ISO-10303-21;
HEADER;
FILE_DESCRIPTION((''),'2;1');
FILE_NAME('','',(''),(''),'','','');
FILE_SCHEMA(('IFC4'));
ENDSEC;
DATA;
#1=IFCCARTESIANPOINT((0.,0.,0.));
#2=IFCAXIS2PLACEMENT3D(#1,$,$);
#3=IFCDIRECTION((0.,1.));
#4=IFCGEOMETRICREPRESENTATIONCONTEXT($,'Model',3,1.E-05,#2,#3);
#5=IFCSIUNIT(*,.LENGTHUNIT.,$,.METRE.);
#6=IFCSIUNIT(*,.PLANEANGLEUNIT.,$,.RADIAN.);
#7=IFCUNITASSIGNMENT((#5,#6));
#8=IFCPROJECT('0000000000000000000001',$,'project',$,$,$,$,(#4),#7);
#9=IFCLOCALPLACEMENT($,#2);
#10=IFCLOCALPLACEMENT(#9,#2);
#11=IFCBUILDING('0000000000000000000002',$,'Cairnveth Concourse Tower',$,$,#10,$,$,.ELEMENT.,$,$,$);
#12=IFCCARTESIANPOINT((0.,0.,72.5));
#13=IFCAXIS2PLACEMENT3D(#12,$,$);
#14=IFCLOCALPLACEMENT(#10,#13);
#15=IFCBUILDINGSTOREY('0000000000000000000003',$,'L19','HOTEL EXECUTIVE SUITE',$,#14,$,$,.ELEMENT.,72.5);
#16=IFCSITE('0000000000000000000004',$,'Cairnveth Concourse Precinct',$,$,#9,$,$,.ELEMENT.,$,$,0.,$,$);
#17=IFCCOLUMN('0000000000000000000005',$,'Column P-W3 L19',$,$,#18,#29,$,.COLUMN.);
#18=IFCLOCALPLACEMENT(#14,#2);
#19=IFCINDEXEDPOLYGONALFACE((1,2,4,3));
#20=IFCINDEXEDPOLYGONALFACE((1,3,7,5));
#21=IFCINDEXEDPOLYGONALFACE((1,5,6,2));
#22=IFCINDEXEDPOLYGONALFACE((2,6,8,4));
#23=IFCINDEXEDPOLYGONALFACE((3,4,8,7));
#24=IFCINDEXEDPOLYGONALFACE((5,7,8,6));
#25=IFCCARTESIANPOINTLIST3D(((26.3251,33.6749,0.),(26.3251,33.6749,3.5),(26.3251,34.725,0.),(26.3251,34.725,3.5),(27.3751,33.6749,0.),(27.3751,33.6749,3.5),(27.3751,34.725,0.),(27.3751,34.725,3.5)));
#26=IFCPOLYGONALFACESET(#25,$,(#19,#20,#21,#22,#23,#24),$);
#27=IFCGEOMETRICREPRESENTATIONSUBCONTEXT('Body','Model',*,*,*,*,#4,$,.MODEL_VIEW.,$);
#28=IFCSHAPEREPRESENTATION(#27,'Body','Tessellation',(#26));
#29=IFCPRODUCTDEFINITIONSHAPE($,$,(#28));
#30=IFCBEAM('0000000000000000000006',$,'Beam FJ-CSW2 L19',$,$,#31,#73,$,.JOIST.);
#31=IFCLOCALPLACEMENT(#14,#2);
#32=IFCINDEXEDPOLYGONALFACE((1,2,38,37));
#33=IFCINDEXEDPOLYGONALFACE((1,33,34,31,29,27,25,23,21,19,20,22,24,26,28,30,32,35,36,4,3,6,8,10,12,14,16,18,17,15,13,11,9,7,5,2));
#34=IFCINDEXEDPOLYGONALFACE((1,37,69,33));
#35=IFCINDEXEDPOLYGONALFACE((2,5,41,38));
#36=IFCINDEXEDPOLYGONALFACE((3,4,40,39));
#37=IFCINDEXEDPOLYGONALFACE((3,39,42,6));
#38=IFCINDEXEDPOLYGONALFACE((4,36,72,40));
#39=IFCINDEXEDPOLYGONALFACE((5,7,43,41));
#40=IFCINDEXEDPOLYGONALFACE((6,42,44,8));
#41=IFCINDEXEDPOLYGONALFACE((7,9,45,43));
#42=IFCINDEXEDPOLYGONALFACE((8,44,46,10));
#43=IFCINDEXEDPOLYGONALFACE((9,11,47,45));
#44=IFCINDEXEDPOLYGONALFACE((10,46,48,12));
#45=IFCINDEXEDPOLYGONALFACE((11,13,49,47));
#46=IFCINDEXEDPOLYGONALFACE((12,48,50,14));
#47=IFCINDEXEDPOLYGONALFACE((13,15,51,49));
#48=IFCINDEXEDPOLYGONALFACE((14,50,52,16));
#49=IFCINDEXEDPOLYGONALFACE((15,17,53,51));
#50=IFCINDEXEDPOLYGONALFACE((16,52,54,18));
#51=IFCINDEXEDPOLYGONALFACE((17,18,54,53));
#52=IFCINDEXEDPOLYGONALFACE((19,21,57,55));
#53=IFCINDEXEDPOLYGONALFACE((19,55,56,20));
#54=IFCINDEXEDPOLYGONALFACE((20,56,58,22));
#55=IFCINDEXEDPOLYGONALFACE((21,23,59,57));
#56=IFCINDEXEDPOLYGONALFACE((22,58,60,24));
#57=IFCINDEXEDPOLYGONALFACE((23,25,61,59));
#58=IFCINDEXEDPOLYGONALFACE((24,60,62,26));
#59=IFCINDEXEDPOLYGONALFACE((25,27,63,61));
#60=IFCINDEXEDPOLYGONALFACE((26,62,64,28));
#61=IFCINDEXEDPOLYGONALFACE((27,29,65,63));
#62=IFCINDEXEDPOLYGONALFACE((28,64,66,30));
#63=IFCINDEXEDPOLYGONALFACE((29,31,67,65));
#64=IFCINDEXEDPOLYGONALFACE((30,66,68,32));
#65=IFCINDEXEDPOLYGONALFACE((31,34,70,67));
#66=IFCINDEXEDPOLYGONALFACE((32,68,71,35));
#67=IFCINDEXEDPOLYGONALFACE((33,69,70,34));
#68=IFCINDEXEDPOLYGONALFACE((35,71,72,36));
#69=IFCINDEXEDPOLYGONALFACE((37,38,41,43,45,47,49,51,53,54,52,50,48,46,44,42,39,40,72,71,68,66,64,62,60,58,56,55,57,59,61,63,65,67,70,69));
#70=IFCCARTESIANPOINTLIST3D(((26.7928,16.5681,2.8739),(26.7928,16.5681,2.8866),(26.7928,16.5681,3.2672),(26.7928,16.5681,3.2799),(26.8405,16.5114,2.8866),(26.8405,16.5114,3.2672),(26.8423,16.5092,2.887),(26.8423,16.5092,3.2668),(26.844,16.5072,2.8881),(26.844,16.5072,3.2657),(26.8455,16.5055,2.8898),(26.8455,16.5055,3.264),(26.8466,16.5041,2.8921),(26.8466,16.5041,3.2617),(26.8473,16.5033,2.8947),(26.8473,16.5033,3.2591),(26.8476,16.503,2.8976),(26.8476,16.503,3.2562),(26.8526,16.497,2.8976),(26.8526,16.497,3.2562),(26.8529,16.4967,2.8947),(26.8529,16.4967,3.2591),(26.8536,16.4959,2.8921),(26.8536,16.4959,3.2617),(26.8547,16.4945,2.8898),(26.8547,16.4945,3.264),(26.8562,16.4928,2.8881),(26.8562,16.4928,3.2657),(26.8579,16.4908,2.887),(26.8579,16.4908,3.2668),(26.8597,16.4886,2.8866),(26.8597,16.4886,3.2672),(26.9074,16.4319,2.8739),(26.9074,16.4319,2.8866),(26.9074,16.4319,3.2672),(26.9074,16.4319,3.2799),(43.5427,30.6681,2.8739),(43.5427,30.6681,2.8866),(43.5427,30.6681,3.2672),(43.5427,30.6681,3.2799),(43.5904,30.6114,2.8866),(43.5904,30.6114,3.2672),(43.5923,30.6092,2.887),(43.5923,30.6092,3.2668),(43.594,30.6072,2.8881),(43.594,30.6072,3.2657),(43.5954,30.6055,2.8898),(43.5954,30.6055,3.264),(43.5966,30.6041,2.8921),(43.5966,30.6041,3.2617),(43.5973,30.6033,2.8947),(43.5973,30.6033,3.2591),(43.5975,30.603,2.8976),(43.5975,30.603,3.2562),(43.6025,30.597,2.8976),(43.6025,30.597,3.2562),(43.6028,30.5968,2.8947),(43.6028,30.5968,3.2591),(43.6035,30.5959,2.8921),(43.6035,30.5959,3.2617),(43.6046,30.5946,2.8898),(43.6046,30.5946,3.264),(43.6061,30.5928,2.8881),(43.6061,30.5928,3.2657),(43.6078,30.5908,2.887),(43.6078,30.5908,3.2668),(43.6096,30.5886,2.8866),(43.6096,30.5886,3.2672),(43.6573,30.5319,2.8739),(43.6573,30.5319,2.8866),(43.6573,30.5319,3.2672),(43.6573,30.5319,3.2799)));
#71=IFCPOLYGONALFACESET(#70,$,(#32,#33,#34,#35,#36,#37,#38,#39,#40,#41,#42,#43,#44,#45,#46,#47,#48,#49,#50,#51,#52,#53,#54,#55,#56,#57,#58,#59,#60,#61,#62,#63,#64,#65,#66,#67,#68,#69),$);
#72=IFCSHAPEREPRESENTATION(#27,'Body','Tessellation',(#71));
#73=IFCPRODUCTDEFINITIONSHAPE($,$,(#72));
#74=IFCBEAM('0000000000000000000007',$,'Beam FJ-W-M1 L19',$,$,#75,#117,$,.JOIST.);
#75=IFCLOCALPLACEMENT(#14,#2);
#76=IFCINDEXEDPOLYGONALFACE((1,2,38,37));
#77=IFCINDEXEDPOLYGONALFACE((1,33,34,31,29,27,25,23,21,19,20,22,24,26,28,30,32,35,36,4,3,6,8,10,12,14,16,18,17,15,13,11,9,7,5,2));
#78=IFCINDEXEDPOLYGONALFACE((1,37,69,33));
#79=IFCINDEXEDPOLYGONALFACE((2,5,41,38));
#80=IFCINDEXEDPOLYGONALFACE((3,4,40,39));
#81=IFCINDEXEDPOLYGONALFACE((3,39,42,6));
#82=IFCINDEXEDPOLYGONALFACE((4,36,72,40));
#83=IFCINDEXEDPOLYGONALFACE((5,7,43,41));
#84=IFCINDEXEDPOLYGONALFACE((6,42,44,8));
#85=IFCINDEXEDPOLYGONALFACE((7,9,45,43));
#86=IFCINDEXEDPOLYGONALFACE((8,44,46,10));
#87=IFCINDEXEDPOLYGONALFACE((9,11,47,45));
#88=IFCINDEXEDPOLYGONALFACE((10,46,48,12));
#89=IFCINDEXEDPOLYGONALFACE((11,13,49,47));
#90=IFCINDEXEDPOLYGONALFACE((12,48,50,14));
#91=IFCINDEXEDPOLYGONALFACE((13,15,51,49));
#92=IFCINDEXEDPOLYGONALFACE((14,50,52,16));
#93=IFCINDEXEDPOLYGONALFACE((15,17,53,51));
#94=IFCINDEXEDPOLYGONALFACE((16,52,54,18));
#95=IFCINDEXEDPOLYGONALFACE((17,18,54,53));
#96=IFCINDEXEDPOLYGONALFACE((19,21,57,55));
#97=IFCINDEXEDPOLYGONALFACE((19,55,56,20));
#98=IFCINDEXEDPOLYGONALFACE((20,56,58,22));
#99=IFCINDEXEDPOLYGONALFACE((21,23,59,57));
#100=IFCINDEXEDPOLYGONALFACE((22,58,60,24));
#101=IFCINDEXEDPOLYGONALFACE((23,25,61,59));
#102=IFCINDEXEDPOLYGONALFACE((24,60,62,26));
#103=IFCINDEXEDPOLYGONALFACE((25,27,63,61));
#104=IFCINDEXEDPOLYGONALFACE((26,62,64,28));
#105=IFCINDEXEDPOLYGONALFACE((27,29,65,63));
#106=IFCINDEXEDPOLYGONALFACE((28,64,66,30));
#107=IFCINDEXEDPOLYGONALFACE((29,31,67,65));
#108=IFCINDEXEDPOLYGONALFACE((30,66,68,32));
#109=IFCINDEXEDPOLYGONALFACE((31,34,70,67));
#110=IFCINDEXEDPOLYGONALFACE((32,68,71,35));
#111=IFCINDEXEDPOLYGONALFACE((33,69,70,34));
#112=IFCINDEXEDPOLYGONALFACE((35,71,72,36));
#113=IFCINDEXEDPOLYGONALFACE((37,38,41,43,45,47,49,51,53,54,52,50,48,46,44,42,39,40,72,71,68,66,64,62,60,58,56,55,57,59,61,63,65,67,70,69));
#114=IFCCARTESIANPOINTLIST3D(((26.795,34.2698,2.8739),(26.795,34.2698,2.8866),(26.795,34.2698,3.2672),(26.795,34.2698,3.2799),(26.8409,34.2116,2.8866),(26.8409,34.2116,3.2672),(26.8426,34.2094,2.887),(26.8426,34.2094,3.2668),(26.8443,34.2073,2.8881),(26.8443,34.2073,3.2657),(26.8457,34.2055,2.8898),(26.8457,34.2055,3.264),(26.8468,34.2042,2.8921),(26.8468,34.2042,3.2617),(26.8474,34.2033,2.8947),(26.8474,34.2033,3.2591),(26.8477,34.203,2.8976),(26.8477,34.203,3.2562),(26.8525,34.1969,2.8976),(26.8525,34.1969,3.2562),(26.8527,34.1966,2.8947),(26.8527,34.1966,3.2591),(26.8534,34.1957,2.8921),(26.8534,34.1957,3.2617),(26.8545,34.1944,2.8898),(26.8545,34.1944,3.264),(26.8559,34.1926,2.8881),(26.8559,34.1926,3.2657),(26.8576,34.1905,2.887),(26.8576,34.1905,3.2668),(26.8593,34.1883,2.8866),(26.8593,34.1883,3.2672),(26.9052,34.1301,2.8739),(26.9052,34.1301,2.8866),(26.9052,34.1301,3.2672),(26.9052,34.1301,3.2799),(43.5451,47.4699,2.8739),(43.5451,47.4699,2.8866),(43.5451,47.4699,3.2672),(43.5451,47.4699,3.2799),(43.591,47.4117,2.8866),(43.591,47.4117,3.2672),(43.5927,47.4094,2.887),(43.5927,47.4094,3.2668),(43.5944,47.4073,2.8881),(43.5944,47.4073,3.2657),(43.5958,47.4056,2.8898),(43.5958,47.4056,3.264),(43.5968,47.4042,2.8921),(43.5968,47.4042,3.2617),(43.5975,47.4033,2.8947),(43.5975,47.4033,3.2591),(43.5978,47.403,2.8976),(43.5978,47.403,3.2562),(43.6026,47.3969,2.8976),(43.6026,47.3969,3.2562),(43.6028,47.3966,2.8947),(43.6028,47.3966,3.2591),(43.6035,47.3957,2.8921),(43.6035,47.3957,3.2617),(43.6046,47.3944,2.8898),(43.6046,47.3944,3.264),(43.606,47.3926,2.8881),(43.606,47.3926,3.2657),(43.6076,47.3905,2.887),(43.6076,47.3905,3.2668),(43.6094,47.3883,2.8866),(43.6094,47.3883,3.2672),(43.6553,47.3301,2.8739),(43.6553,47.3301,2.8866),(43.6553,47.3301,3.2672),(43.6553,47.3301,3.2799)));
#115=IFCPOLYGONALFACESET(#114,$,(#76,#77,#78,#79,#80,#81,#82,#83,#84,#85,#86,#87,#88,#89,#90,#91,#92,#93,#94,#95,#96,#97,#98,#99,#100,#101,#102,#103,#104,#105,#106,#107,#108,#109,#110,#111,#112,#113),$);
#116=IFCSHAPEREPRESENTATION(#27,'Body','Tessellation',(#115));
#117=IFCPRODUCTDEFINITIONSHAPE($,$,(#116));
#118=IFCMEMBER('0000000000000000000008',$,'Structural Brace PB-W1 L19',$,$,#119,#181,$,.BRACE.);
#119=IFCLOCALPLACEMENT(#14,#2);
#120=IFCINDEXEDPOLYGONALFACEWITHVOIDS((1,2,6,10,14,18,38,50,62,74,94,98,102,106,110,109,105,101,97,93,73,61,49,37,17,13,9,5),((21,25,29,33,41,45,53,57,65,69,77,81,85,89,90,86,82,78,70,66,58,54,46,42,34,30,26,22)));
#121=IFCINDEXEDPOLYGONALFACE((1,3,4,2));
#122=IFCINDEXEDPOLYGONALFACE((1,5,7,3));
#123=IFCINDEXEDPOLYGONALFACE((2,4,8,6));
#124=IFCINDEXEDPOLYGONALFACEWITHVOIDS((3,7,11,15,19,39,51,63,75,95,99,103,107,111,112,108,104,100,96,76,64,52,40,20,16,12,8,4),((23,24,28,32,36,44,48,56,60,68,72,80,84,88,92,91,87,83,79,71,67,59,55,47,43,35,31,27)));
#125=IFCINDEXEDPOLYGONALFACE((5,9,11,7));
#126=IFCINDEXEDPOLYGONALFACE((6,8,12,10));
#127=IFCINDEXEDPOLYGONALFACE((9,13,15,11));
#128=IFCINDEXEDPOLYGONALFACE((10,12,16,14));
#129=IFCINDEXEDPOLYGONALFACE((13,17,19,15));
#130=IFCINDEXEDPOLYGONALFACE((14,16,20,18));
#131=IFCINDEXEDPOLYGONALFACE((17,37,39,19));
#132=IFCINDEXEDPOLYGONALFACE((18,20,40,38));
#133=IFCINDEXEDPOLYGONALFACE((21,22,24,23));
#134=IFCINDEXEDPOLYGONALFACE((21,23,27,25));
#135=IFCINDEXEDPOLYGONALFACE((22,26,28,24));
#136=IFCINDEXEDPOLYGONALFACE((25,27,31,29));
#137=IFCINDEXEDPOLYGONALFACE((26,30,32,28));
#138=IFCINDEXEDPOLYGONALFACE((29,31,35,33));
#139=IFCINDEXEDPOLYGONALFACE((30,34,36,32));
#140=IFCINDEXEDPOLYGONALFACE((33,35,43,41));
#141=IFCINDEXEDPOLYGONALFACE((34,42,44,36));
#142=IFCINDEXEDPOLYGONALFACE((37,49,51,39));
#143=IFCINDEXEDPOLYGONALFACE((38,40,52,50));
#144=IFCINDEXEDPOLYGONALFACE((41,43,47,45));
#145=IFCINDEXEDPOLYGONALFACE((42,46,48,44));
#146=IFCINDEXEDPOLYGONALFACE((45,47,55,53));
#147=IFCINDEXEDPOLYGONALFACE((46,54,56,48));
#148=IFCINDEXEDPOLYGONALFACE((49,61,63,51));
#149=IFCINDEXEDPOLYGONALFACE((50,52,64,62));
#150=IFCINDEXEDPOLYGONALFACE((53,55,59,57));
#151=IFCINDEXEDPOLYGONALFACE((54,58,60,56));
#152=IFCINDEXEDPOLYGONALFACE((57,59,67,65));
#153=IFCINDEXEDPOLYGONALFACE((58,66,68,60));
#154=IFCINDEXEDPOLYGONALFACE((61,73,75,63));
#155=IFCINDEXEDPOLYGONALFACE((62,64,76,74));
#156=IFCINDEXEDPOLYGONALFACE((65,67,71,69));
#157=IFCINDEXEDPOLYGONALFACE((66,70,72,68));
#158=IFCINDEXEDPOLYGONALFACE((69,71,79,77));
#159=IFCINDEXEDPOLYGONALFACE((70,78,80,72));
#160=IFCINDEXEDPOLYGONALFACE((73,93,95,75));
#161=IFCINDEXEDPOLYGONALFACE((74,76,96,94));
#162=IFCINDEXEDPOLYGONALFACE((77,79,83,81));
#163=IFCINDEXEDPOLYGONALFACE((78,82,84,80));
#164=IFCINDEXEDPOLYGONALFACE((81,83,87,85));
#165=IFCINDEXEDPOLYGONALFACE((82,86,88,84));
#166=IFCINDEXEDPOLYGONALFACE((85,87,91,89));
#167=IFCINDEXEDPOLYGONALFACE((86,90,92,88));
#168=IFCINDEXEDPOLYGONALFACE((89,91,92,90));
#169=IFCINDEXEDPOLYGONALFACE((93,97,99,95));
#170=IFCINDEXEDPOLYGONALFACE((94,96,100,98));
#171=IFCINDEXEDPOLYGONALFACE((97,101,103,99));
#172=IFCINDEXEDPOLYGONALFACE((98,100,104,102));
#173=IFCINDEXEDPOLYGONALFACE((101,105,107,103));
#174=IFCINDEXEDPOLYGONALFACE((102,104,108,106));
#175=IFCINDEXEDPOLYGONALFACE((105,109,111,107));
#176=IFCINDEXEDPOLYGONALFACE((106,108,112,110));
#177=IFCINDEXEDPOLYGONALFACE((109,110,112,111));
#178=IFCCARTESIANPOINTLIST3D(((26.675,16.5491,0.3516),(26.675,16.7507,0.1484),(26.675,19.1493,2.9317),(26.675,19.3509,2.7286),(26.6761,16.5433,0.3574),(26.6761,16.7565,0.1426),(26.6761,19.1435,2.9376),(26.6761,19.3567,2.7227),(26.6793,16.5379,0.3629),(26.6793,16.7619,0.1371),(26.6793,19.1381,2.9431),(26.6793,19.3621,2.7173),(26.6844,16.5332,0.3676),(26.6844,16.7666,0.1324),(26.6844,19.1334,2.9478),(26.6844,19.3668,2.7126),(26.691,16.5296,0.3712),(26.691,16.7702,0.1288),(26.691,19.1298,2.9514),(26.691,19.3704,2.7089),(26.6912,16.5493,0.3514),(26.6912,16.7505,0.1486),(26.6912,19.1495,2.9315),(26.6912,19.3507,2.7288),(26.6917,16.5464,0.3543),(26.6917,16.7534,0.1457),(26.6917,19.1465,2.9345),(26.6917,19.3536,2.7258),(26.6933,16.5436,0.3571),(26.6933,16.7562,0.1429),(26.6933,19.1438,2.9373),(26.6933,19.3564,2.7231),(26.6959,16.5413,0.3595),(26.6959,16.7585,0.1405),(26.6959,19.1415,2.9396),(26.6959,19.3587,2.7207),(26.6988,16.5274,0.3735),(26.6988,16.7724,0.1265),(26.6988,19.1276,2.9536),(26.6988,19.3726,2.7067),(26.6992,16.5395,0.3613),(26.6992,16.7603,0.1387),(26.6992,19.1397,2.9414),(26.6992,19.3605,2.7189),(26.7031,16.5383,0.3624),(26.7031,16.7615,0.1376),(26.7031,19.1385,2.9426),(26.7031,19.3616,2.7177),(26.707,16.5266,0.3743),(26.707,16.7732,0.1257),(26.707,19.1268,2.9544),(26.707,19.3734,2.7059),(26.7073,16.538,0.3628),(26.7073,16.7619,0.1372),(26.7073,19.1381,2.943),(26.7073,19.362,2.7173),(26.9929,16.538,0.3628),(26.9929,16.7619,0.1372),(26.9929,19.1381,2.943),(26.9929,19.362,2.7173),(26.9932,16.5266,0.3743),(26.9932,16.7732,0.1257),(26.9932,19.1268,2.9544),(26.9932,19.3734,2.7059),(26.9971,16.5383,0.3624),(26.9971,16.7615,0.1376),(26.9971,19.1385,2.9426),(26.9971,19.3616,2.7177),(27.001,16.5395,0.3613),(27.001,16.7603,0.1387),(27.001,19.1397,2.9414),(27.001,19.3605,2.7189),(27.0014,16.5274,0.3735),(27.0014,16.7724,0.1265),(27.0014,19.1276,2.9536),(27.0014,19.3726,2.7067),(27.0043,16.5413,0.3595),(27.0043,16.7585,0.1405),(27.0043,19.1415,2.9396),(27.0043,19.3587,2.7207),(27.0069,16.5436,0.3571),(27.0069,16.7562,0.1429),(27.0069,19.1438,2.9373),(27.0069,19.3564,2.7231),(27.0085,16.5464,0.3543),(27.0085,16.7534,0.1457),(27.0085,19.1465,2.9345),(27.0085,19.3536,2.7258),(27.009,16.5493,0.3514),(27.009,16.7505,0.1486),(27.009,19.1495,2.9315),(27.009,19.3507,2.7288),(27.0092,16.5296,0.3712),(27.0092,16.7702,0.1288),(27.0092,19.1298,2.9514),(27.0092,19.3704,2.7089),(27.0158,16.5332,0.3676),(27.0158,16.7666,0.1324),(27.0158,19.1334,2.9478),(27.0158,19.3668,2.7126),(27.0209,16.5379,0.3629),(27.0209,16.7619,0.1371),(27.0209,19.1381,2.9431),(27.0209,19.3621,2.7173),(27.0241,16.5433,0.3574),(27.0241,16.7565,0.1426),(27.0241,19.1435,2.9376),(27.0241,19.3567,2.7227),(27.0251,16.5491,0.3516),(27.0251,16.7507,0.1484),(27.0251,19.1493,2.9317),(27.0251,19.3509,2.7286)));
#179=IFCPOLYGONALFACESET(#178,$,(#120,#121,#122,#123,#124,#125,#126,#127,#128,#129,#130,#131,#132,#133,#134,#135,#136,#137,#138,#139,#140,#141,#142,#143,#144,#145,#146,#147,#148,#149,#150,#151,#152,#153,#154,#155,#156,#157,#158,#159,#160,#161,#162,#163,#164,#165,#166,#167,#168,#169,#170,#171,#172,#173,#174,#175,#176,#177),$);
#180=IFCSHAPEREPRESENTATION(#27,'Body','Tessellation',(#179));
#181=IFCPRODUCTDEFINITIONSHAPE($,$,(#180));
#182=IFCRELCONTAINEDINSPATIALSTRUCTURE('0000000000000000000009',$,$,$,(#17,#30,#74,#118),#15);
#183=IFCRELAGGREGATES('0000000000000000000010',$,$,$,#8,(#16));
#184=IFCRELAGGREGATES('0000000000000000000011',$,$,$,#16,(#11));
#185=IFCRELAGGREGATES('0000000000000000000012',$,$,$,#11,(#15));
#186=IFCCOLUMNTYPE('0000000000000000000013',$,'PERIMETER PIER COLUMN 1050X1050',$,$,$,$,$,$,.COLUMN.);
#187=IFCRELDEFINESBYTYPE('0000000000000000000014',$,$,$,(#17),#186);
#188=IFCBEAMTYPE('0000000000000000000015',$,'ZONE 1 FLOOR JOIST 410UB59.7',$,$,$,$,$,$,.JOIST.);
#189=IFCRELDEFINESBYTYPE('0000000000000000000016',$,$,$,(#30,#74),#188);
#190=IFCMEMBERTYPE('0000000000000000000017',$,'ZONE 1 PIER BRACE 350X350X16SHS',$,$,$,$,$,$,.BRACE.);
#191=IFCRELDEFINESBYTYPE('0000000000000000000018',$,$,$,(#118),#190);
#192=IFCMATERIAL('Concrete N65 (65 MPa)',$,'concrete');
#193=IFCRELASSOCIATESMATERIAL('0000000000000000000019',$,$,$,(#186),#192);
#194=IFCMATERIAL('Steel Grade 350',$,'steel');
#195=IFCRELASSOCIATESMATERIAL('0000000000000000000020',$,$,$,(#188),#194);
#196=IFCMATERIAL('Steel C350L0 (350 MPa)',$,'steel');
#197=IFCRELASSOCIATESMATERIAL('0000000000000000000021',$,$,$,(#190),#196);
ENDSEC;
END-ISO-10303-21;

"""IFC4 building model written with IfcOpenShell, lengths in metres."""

from ifc_helpers import new_model, si_unit, direction, frame, origin, origin_2d, place, context, subcontext, project, spatial, rectangle, hollow_rectangle, i_section, extrude, material, material_profile, profile_set, type_object, element, save


model = new_model("IFC4")

# Units and contexts
model_context = context("Model", 3, precision=1e-05, world=origin(), true_north=direction((0.0, 1.0)))
body_context = subcontext(model_context, "Body", "Model", "MODEL_VIEW")
ifc_project = project(units=[si_unit("LENGTHUNIT", "METRE"), si_unit("PLANEANGLEUNIT", "RADIAN")], contexts=[model_context])

# Site, building, storey
site_placement = place(None, origin())
site = spatial("IfcSite", under=ifc_project, at=site_placement, Name="Cairnveth Concourse Precinct", CompositionType="ELEMENT", RefElevation=0.0)
building_placement = place(site_placement, origin())
building = spatial("IfcBuilding", under=site, at=building_placement, Name="Cairnveth Concourse Tower", CompositionType="ELEMENT")
storey_placement = place(building_placement, frame((0.0, 0.0, 72.5)))
storey = spatial("IfcBuildingStorey", under=building, at=storey_placement, Name="L19", Description="HOTEL EXECUTIVE SUITE", CompositionType="ELEMENT", Elevation=72.5)

# Column
ifc_material_1 = material(Name="Concrete N65 (65 MPa)", Category="concrete")
ifc_material_profile_1 = material_profile(ifc_material_1, rectangle(XDim=1.05, YDim=1.05, at=origin_2d()), Name="RC-COL-1050x1050")
ifc_profile_set_1 = profile_set([ifc_material_profile_1], Name="Concrete N65 (65 MPa)")
column_type = type_object("IfcColumnType", Name="PERIMETER PIER COLUMN 1050X1050", PredefinedType="COLUMN", material=ifc_profile_set_1)
column_placement = place(storey_placement, frame((26.8501, 34.2, 0.0), z_axis=(0.0, 0.0, 1.0), x_axis=(0.0, 1.0, 0.0)))
element("IfcColumn", 1, at=column_placement, inside=storey, type_object=column_type, Name="Column P-W3 L19", PredefinedType="COLUMN", context=body_context, shape_type="SweptSolid", body=[
    extrude(rectangle(XDim=1.05, YDim=1.05, at=origin_2d()), origin(), (0.0, 0.0, 1.0), 3.5),
])

# Beams
ifc_material_2 = material(Name="Steel Grade 350", Category="steel")
ifc_material_profile_2 = material_profile(ifc_material_2, i_section(OverallWidth=0.178, OverallDepth=0.406, WebThickness=0.0078, FlangeThickness=0.0127, FilletRadius=0.011, at=origin_2d()), Name="410UB59.7")
ifc_profile_set_2 = profile_set([ifc_material_profile_2], Name="Steel Grade 350")
beam_type_1 = type_object("IfcBeamType", Name="ZONE 1 FLOOR JOIST 410UB59.7", PredefinedType="JOIST", material=ifc_profile_set_2)
beam_1_placement = place(storey_placement, frame((26.8501, 16.5, 3.0769), z_axis=(0.765027, 0.643998, 0.0), x_axis=(-0.643998, 0.765027, 0.0)))
element("IfcBeam", 2, at=beam_1_placement, inside=storey, type_object=beam_type_1, Name="Beam FJ-CSW2 L19", PredefinedType="JOIST", context=body_context, shape_type="SweptSolid", body=[
    extrude(i_section(OverallWidth=0.178, OverallDepth=0.406, WebThickness=0.0078, FlangeThickness=0.0127, FilletRadius=0.011, at=origin_2d()), origin(), (0.0, 0.0, 1.0), 21.8945),
])
beam_2_placement = place(storey_placement, frame((26.8501, 34.2, 3.0769), z_axis=(0.785424, 0.618958, 0.0), x_axis=(-0.618958, 0.785424, 0.0)))
element("IfcBeam", 3, at=beam_2_placement, inside=storey, type_object=beam_type_1, Name="Beam FJ-W-M1 L19", PredefinedType="JOIST", context=body_context, shape_type="SweptSolid", body=[
    extrude(i_section(OverallWidth=0.178, OverallDepth=0.406, WebThickness=0.0078, FlangeThickness=0.0127, FilletRadius=0.011, at=origin_2d()), origin(), (0.0, 0.0, 1.0), 21.3262),
])

# Member
ifc_material_3 = material(Name="Steel C350L0 (350 MPa)", Category="steel")
ifc_material_profile_3 = material_profile(ifc_material_3, hollow_rectangle(XDim=0.3501, YDim=0.3501, WallThickness=0.0161, InnerFilletRadius=0.0161, OuterFilletRadius=0.032, at=origin_2d()), Name="350x350x16.0SHS")
ifc_profile_set_3 = profile_set([ifc_material_profile_3], Name="Steel C350L0 (350 MPa)")
member_type = type_object("IfcMemberType", Name="ZONE 1 PIER BRACE 350X350X16SHS", PredefinedType="BRACE", material=ifc_profile_set_3)
member_placement = place(storey_placement, frame((26.8501, 16.6499, 0.25), z_axis=(0.0, 0.709834, 0.704369), x_axis=(-1.0, 0.0, 0.0)))
element("IfcMember", 4, at=member_placement, inside=storey, type_object=member_type, Name="Structural Brace PB-W1 L19", PredefinedType="BRACE", context=body_context, shape_type="SweptSolid", body=[
    extrude(hollow_rectangle(XDim=0.3501, YDim=0.3501, WallThickness=0.0161, InnerFilletRadius=0.0161, OuterFilletRadius=0.032, at=origin_2d()), origin(), (0.0, 0.0, 1.0), 3.6631),
])

save(model, "model.ifc")
